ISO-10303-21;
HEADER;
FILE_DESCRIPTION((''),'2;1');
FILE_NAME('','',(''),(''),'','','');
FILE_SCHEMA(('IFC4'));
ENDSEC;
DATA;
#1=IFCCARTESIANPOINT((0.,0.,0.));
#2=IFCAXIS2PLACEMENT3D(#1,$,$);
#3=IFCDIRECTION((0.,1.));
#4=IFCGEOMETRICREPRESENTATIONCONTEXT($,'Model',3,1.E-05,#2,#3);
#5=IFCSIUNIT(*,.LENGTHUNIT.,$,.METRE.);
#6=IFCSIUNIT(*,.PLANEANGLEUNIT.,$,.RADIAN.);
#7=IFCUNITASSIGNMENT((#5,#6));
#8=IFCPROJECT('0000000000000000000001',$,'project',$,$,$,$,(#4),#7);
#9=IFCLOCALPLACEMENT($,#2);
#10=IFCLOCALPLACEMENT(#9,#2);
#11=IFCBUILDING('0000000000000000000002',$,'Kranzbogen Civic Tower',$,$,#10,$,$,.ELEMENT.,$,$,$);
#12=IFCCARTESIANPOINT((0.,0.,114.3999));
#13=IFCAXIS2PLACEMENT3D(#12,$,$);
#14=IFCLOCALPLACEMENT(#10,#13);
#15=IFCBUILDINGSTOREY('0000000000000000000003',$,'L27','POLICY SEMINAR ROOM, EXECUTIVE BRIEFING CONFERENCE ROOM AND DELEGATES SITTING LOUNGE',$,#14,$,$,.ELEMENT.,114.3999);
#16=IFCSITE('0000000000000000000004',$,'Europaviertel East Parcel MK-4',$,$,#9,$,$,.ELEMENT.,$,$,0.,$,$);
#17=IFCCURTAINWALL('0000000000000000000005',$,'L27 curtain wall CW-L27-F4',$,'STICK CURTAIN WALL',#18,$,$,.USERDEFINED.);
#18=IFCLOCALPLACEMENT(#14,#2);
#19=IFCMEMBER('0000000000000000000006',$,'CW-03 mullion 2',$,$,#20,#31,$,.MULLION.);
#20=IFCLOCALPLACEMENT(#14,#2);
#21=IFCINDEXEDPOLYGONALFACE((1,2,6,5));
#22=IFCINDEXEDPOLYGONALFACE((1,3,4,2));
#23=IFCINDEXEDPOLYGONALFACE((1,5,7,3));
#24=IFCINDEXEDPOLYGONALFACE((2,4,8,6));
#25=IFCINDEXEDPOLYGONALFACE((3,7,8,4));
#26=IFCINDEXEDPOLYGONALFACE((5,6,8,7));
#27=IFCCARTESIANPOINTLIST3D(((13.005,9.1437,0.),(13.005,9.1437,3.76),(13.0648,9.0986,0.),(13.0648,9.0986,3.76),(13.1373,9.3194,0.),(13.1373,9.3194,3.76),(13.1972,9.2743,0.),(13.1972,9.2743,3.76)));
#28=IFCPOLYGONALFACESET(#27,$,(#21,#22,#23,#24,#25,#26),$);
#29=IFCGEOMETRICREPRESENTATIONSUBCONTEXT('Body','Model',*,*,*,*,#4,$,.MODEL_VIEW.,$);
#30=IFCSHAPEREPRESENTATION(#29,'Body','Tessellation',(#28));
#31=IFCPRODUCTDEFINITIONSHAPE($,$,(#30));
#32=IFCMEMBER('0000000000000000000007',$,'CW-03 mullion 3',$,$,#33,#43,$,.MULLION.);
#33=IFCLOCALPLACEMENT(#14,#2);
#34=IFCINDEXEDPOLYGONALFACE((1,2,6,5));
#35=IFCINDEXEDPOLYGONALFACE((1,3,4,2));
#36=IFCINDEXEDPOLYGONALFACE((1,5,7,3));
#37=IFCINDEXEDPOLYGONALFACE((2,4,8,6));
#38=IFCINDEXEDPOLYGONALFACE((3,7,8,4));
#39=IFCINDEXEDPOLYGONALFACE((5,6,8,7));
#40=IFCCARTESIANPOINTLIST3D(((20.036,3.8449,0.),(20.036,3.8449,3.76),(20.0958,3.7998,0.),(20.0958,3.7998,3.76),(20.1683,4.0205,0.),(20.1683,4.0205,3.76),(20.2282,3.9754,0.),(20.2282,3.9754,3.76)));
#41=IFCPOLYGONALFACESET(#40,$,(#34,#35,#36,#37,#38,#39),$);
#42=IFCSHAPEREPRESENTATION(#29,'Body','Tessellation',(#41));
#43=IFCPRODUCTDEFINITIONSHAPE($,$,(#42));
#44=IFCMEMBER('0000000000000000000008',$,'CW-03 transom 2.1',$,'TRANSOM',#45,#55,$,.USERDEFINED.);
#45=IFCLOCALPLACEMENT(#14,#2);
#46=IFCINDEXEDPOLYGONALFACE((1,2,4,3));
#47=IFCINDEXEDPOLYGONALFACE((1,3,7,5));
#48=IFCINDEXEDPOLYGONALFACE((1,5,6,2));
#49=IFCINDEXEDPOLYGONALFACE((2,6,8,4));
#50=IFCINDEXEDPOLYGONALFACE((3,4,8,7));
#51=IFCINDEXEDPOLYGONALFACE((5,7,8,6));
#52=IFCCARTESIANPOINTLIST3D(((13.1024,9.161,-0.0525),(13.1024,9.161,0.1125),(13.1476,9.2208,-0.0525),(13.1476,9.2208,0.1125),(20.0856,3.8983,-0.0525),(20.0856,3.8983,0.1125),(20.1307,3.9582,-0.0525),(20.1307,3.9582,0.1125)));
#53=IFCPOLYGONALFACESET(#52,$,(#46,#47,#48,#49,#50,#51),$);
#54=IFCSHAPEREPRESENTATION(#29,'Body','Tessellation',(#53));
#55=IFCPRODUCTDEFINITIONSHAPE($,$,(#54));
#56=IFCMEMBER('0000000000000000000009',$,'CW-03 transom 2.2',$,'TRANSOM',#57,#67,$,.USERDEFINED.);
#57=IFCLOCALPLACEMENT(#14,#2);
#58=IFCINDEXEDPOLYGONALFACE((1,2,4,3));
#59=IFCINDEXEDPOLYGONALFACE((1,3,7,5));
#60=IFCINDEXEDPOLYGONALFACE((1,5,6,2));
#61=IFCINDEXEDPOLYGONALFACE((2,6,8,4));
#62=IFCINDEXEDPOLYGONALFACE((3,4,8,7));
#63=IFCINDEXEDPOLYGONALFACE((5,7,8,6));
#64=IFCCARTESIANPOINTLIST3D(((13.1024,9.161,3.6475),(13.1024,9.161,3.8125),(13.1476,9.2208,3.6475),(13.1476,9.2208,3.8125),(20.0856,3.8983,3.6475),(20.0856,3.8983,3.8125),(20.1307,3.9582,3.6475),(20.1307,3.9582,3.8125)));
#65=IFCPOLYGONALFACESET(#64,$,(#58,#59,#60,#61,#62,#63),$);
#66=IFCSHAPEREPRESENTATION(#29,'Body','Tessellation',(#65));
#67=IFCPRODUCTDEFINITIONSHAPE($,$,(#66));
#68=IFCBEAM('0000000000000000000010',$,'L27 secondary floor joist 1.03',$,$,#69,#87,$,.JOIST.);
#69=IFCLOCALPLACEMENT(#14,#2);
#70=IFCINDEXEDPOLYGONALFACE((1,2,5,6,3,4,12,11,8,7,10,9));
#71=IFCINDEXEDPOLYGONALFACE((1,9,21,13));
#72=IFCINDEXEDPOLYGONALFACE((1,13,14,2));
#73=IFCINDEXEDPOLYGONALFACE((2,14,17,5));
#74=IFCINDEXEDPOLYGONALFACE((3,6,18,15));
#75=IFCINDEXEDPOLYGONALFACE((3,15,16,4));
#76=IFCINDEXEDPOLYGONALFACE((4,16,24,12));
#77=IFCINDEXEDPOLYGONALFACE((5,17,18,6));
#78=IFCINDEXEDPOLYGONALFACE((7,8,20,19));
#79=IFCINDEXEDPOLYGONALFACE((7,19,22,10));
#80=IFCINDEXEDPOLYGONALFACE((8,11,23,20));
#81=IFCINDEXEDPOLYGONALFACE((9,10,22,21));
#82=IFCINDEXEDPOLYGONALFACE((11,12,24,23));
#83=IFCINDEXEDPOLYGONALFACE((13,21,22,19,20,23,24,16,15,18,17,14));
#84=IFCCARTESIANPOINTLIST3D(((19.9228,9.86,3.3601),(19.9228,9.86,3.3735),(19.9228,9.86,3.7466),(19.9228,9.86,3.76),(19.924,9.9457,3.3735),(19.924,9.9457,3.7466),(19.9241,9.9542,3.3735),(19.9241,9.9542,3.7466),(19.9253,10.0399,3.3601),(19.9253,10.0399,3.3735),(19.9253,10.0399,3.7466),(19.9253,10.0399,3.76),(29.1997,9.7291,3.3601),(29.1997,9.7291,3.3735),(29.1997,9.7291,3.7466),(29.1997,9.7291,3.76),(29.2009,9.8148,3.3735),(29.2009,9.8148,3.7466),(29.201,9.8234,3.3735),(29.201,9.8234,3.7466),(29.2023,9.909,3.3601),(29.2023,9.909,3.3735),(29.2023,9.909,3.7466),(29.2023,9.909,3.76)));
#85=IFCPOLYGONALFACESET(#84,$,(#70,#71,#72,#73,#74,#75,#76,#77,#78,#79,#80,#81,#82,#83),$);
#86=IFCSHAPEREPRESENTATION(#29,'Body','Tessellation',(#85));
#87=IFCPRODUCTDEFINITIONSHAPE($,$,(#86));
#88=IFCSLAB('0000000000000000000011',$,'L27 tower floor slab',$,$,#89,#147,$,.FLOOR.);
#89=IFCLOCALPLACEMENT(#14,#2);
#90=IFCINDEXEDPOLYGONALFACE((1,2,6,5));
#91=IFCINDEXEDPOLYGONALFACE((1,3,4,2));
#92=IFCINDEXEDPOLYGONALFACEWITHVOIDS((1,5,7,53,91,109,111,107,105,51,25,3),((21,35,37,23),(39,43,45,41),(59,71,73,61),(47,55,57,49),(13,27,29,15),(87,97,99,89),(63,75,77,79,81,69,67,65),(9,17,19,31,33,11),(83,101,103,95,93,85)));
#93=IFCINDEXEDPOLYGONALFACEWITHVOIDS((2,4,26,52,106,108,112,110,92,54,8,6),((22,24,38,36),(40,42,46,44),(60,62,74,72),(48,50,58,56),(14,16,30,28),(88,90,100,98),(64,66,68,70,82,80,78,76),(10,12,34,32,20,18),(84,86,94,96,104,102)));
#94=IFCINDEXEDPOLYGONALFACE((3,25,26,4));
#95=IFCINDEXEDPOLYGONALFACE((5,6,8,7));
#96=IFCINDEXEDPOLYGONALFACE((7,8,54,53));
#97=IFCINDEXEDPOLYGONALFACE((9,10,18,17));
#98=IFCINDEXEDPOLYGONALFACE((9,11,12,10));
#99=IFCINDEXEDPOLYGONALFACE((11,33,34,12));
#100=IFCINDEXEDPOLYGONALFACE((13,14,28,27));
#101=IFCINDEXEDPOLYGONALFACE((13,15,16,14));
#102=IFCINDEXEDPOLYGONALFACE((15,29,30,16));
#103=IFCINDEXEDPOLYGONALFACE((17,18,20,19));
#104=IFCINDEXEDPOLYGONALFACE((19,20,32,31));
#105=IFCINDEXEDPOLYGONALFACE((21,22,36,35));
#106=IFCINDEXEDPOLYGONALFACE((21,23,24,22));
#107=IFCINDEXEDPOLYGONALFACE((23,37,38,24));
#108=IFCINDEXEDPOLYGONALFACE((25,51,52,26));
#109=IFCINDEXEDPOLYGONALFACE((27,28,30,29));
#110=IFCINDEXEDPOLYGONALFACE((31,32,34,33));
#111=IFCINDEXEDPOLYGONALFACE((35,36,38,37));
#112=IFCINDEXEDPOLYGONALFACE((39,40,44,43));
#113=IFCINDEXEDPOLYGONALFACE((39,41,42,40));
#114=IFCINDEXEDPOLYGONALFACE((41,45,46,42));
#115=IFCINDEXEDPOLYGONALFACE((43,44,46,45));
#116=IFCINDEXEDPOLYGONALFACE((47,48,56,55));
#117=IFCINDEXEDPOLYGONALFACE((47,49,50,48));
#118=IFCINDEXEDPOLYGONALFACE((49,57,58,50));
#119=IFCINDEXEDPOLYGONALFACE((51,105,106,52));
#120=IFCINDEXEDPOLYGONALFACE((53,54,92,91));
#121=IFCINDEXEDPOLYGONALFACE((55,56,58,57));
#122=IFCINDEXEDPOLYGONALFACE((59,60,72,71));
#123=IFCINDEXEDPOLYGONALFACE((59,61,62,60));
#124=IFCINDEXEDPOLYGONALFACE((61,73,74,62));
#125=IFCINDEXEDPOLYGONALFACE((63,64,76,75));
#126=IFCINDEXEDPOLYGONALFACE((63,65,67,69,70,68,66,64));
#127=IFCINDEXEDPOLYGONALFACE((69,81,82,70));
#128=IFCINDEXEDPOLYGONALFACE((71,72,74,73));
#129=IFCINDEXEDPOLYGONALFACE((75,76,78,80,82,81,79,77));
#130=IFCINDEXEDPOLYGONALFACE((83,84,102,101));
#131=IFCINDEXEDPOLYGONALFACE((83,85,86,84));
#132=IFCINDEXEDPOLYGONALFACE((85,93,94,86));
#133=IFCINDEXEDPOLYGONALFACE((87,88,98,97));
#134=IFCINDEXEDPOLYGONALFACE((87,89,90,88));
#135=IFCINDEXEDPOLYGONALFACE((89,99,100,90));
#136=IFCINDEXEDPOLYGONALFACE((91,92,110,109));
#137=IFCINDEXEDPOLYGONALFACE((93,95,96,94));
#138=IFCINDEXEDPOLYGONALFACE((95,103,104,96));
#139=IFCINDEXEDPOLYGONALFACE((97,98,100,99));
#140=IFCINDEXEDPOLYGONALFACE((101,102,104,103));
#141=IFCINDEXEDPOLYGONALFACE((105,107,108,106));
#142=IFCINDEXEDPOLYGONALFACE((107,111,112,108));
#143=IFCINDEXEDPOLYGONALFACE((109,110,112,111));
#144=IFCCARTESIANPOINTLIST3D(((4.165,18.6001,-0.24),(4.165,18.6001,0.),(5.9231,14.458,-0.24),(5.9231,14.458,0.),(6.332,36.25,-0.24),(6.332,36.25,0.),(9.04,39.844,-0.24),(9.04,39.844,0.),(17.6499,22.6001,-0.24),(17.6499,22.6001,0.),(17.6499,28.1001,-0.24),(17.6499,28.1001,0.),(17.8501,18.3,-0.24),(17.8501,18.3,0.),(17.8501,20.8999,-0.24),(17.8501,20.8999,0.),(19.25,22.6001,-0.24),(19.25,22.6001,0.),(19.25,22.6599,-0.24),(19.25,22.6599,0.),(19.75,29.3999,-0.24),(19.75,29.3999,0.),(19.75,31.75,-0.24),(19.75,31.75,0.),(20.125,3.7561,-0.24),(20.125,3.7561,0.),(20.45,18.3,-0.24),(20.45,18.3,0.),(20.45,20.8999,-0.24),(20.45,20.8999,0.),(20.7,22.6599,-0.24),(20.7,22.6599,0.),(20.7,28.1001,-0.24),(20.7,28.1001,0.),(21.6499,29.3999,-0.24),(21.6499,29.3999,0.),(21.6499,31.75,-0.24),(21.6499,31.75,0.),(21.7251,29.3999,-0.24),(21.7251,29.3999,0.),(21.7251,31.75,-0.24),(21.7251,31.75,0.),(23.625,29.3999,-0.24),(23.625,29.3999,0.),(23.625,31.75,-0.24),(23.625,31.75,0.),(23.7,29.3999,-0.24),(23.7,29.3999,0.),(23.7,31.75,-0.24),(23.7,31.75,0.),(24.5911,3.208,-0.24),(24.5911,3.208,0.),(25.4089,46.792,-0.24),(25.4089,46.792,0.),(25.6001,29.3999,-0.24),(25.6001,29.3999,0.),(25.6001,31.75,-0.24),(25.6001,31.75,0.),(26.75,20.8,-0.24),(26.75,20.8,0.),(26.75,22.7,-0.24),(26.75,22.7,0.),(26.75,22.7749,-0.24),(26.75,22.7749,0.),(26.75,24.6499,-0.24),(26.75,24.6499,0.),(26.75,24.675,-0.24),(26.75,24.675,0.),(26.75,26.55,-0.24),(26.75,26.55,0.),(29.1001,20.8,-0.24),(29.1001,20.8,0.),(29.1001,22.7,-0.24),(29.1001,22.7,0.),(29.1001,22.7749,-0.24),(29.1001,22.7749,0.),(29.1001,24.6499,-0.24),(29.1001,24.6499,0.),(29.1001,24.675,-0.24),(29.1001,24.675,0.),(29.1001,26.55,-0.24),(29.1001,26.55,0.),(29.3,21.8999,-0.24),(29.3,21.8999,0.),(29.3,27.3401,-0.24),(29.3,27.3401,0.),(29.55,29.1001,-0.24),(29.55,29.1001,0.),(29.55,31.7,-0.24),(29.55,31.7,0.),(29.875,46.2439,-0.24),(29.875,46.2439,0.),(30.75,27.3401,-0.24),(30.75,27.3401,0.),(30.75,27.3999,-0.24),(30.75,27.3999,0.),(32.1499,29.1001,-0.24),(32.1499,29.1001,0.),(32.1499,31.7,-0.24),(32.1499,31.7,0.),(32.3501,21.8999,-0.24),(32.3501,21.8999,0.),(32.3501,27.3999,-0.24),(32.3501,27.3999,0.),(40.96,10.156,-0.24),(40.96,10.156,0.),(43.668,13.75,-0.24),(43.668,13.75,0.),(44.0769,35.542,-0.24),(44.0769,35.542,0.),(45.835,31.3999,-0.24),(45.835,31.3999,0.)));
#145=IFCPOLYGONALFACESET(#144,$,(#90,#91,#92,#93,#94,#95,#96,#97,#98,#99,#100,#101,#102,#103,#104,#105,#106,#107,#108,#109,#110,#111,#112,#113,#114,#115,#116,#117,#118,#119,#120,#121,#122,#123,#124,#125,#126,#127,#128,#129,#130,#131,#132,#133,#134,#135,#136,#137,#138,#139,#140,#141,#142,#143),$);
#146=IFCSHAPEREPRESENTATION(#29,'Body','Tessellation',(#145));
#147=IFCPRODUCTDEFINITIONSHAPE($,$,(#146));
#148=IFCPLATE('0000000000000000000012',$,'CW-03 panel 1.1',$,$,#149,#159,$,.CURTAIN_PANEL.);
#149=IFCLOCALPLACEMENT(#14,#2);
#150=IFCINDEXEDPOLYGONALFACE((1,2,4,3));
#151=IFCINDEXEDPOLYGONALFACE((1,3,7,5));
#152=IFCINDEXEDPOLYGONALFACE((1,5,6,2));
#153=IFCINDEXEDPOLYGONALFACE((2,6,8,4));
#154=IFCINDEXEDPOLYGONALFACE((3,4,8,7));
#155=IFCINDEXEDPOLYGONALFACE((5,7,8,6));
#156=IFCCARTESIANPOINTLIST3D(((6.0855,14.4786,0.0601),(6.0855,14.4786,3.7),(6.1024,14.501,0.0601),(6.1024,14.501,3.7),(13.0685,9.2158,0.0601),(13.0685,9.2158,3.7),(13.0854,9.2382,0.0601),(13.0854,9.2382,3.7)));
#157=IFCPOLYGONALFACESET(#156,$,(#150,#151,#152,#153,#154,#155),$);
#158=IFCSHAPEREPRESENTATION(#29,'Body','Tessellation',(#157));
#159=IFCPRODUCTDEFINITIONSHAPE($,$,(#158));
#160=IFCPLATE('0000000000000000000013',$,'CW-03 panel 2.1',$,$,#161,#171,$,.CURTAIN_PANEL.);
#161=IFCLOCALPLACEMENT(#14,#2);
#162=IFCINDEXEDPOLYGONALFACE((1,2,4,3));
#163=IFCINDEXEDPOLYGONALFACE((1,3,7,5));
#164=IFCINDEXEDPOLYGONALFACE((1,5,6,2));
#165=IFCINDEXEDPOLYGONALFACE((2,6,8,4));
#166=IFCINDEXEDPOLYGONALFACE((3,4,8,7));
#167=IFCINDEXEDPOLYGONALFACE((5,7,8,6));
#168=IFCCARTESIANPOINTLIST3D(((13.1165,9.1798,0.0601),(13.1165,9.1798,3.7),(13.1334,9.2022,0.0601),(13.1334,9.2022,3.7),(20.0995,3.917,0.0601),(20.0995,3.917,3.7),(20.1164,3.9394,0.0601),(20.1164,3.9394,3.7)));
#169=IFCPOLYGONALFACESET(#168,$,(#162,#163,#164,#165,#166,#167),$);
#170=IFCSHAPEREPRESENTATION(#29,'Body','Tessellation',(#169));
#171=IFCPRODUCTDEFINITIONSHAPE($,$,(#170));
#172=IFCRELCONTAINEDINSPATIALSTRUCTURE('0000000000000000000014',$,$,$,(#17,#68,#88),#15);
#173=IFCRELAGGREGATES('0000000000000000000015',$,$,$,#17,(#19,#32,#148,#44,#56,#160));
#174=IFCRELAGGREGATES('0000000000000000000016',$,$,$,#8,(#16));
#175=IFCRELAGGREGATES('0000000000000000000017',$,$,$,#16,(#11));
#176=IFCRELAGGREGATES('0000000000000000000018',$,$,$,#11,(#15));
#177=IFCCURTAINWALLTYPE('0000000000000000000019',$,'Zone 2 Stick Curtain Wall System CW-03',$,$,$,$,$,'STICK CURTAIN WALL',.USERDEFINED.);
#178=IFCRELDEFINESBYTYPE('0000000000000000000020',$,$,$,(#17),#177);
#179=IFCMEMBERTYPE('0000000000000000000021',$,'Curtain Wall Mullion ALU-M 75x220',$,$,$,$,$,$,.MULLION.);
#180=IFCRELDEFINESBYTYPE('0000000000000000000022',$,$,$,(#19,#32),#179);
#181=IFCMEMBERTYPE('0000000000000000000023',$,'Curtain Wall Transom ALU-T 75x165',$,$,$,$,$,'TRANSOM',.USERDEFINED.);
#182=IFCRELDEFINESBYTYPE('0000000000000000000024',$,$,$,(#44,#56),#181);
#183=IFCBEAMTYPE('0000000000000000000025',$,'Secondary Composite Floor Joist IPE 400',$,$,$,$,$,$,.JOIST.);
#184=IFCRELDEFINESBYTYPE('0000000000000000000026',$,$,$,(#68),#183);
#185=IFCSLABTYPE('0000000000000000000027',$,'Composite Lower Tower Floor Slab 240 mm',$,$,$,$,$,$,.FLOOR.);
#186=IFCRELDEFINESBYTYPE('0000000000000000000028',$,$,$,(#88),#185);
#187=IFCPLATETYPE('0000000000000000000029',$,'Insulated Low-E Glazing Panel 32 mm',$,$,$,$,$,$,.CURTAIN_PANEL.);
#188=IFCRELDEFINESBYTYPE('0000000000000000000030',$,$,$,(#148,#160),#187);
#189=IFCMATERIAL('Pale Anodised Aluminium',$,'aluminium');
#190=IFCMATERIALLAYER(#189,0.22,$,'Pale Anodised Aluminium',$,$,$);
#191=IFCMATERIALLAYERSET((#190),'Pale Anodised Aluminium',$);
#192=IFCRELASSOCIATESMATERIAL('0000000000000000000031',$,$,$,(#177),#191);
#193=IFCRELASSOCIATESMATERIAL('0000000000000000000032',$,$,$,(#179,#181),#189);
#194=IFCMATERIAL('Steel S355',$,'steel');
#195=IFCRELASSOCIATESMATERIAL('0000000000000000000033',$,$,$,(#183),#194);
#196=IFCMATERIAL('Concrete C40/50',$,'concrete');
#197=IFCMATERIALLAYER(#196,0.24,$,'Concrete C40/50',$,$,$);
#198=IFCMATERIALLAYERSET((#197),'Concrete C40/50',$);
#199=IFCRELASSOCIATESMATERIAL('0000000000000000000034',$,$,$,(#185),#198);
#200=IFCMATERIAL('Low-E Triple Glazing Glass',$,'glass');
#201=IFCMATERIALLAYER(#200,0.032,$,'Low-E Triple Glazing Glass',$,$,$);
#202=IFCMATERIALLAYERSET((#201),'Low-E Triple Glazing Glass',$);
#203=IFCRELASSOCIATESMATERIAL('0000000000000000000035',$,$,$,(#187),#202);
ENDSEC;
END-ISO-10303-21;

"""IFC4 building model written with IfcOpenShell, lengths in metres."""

from ifc_helpers import new_model, si_unit, direction, frame, origin, origin_2d, place, context, subcontext, project, spatial, polyline, rectangle, i_section, outline, extrude, material, layer, layer_set, material_profile, profile_set, type_object, element, aggregate, save


model = new_model("IFC4")

# Units and contexts
model_context = context("Model", 3, precision=1e-05, world=origin(), true_north=direction((0.0, 1.0)))
body_context = subcontext(model_context, "Body", "Model", "MODEL_VIEW")
ifc_project = project(units=[si_unit("LENGTHUNIT", "METRE"), si_unit("PLANEANGLEUNIT", "RADIAN")], contexts=[model_context])

# Site, building, storey
site_placement = place(None, origin())
site = spatial("IfcSite", under=ifc_project, at=site_placement, Name="Europaviertel East Parcel MK-4", CompositionType="ELEMENT", RefElevation=0.0)
building_placement = place(site_placement, origin())
building = spatial("IfcBuilding", under=site, at=building_placement, Name="Kranzbogen Civic Tower", CompositionType="ELEMENT")
storey_placement = place(building_placement, frame((0.0, 0.0, 114.3999)))
storey = spatial("IfcBuildingStorey", under=building, at=storey_placement, Name="L27", Description="POLICY SEMINAR ROOM, EXECUTIVE BRIEFING CONFERENCE ROOM AND DELEGATES SITTING LOUNGE", CompositionType="ELEMENT", Elevation=114.3999)

# Curtain wall, members
ifc_material_1 = material(Name="Pale Anodised Aluminium", Category="aluminium")
ifc_layer_1 = layer(ifc_material_1, 0.22, Name="Pale Anodised Aluminium")
ifc_layer_set_1 = layer_set([ifc_layer_1], Name="Pale Anodised Aluminium")
curtain_wall_type = type_object("IfcCurtainWallType", Name="Zone 2 Stick Curtain Wall System CW-03", ElementType="STICK CURTAIN WALL", PredefinedType="USERDEFINED", material=ifc_layer_set_1)
curtain_wall_placement = place(storey_placement, origin())
curtain_wall = element("IfcCurtainWall", 1, at=curtain_wall_placement, inside=storey, type_object=curtain_wall_type, Name="L27 curtain wall CW-L27-F4", ObjectType="STICK CURTAIN WALL", PredefinedType="USERDEFINED")
ifc_material_profile_1 = material_profile(ifc_material_1, rectangle(XDim=0.075, YDim=0.22, at=origin_2d()), Name="ALU-M 75x220")
ifc_profile_set_1 = profile_set([ifc_material_profile_1], Name="Pale Anodised Aluminium")
member_type_1 = type_object("IfcMemberType", Name="Curtain Wall Mullion ALU-M 75x220", PredefinedType="MULLION", material=ifc_profile_set_1)
member_1_placement = place(storey_placement, frame((13.1011, 9.209, 0.0), z_axis=(0.0, 0.0, 1.0), x_axis=(0.798599, -0.601864, 0.0)))
member_1 = element("IfcMember", 2, at=member_1_placement, type_object=member_type_1, Name="CW-03 mullion 2", PredefinedType="MULLION", context=body_context, shape_type="SweptSolid", body=[
    extrude(rectangle(XDim=0.075, YDim=0.22, at=origin_2d()), origin(), (0.0, 0.0, 1.0), 3.76),
])
member_2_placement = place(storey_placement, frame((20.1321, 3.9102, 0.0), z_axis=(0.0, 0.0, 1.0), x_axis=(0.798599, -0.601864, 0.0)))
member_2 = element("IfcMember", 3, at=member_2_placement, type_object=member_type_1, Name="CW-03 mullion 3", PredefinedType="MULLION", context=body_context, shape_type="SweptSolid", body=[
    extrude(rectangle(XDim=0.075, YDim=0.22, at=origin_2d()), origin(), (0.0, 0.0, 1.0), 3.76),
])
ifc_material_profile_2 = material_profile(ifc_material_1, rectangle(XDim=0.075, YDim=0.165, at=origin_2d()), Name="ALU-T 75x165")
ifc_profile_set_2 = profile_set([ifc_material_profile_2], Name="Pale Anodised Aluminium")
member_type_2 = type_object("IfcMemberType", Name="Curtain Wall Transom ALU-T 75x165", ElementType="TRANSOM", PredefinedType="USERDEFINED", material=ifc_profile_set_2)
member_3_placement = place(storey_placement, frame((13.125, 9.1909, 0.03), z_axis=(0.798607, -0.601852, 0.0), x_axis=(0.601852, 0.798607, 0.0)))
member_3 = element("IfcMember", 4, at=member_3_placement, type_object=member_type_2, Name="CW-03 transom 2.1", ObjectType="TRANSOM", PredefinedType="USERDEFINED", context=body_context, shape_type="SweptSolid", body=[
    extrude(rectangle(XDim=0.075, YDim=0.165, at=origin_2d()), origin(), (0.0, 0.0, 1.0), 8.7441),
])
member_4_placement = place(storey_placement, frame((13.125, 9.1909, 3.73), z_axis=(0.798607, -0.601852, 0.0), x_axis=(0.601852, 0.798607, 0.0)))
member_4 = element("IfcMember", 5, at=member_4_placement, type_object=member_type_2, Name="CW-03 transom 2.2", ObjectType="TRANSOM", PredefinedType="USERDEFINED", context=body_context, shape_type="SweptSolid", body=[
    extrude(rectangle(XDim=0.075, YDim=0.165, at=origin_2d()), origin(), (0.0, 0.0, 1.0), 8.7441),
])

# Beam
ifc_material_2 = material(Name="Steel S355", Category="steel")
ifc_material_profile_3 = material_profile(ifc_material_2, i_section(OverallWidth=0.1799, OverallDepth=0.3999, WebThickness=0.0085, FlangeThickness=0.0134, at=origin_2d()), Name="IPE 400")
ifc_profile_set_3 = profile_set([ifc_material_profile_3], Name="Steel S355")
beam_type = type_object("IfcBeamType", Name="Secondary Composite Floor Joist IPE 400", PredefinedType="JOIST", material=ifc_profile_set_3)
beam_placement = place(storey_placement, frame((19.9241, 9.95, 3.5601), z_axis=(0.999901, -0.014105, 0.0), x_axis=(0.014105, 0.999901, 0.0)))
element("IfcBeam", 6, at=beam_placement, inside=storey, type_object=beam_type, Name="L27 secondary floor joist 1.03", PredefinedType="JOIST", context=body_context, shape_type="SweptSolid", body=[
    extrude(i_section(OverallWidth=0.1799, OverallDepth=0.3999, WebThickness=0.0085, FlangeThickness=0.0134, at=origin_2d()), origin(), (0.0, 0.0, 1.0), 9.2778),
])

# Slab
ifc_material_3 = material(Name="Concrete C40/50", Category="concrete")
ifc_layer_2 = layer(ifc_material_3, 0.24, Name="Concrete C40/50")
ifc_layer_set_2 = layer_set([ifc_layer_2], Name="Concrete C40/50")
slab_type_1 = type_object("IfcSlabType", Name="Composite Lower Tower Floor Slab 240 mm", PredefinedType="FLOOR", material=ifc_layer_set_2)
slab_1_placement = place(storey_placement, frame((0.0, 0.0, -0.24)))
element("IfcSlab", 7, at=slab_1_placement, inside=storey, type_object=slab_type_1, Name="L27 tower floor slab", PredefinedType="FLOOR", context=body_context, shape_type="SweptSolid", body=[
    extrude(outline(polyline([(44.0769, 35.542), (29.875, 46.2439), (25.4089, 46.792), (9.04, 39.844), (6.332, 36.25), (4.165, 18.6001), (5.9231, 14.458), (20.125, 3.7561), (24.5911, 3.208), (40.96, 10.156), (43.668, 13.75), (45.835, 31.3999), (44.0769, 35.542)]), holes=[polyline([(20.45, 20.8999), (20.45, 18.3), (17.8501, 18.3), (17.8501, 20.8999), (20.45, 20.8999)]), polyline([(29.1001, 22.7), (29.1001, 20.8), (26.75, 20.8), (26.75, 22.7), (29.1001, 22.7)]), polyline([(29.1001, 24.6499), (29.1001, 22.7749), (26.75, 22.7749), (26.75, 24.6499), (26.75, 24.675), (26.75, 26.55), (29.1001, 26.55), (29.1001, 24.675), (29.1001, 24.6499)]), polyline([(30.75, 27.3401), (30.75, 27.3999), (32.3501, 27.3999), (32.3501, 21.8999), (29.3, 21.8999), (29.3, 27.3401), (30.75, 27.3401)]), polyline([(19.25, 22.6599), (19.25, 22.6001), (17.6499, 22.6001), (17.6499, 28.1001), (20.7, 28.1001), (20.7, 22.6599), (19.25, 22.6599)]), polyline([(32.1499, 31.7), (32.1499, 29.1001), (29.55, 29.1001), (29.55, 31.7), (32.1499, 31.7)]), polyline([(21.6499, 31.75), (21.6499, 29.3999), (19.75, 29.3999), (19.75, 31.75), (21.6499, 31.75)]), polyline([(23.625, 29.3999), (21.7251, 29.3999), (21.7251, 31.75), (23.625, 31.75), (23.625, 29.3999)]), polyline([(25.6001, 29.3999), (23.7, 29.3999), (23.7, 31.75), (25.6001, 31.75), (25.6001, 29.3999)])]), origin(), (0.0, 0.0, 1.0), 0.24),
])

# Plates
ifc_material_4 = material(Name="Low-E Triple Glazing Glass", Category="glass")
ifc_layer_3 = layer(ifc_material_4, 0.032, Name="Low-E Triple Glazing Glass")
ifc_layer_set_3 = layer_set([ifc_layer_3], Name="Low-E Triple Glazing Glass")
plate_type = type_object("IfcPlateType", Name="Insulated Low-E Glazing Panel 32 mm", PredefinedType="CURTAIN_PANEL", material=ifc_layer_set_3)
plate_1_placement = place(storey_placement, frame((9.5854, 11.8584, 0.0601), z_axis=(0.0, 0.0, 1.0), x_axis=(0.798599, -0.601864, 0.0)))
plate_1 = element("IfcPlate", 8, at=plate_1_placement, type_object=plate_type, Name="CW-03 panel 1.1", PredefinedType="CURTAIN_PANEL", context=body_context, shape_type="SweptSolid", body=[
    extrude(rectangle(XDim=8.7441, YDim=0.0281, at=origin_2d()), origin(), (0.0, 0.0, 1.0), 3.6399),
])
plate_2_placement = place(storey_placement, frame((16.6165, 6.5596, 0.0601), z_axis=(0.0, 0.0, 1.0), x_axis=(0.798599, -0.601864, 0.0)))
plate_2 = element("IfcPlate", 9, at=plate_2_placement, type_object=plate_type, Name="CW-03 panel 2.1", PredefinedType="CURTAIN_PANEL", context=body_context, shape_type="SweptSolid", body=[
    extrude(rectangle(XDim=8.7441, YDim=0.0281, at=origin_2d()), origin(), (0.0, 0.0, 1.0), 3.6399),
])
aggregate(curtain_wall, [member_1, member_2, plate_1, member_3, member_4, plate_2])

save(model, "model.ifc")
